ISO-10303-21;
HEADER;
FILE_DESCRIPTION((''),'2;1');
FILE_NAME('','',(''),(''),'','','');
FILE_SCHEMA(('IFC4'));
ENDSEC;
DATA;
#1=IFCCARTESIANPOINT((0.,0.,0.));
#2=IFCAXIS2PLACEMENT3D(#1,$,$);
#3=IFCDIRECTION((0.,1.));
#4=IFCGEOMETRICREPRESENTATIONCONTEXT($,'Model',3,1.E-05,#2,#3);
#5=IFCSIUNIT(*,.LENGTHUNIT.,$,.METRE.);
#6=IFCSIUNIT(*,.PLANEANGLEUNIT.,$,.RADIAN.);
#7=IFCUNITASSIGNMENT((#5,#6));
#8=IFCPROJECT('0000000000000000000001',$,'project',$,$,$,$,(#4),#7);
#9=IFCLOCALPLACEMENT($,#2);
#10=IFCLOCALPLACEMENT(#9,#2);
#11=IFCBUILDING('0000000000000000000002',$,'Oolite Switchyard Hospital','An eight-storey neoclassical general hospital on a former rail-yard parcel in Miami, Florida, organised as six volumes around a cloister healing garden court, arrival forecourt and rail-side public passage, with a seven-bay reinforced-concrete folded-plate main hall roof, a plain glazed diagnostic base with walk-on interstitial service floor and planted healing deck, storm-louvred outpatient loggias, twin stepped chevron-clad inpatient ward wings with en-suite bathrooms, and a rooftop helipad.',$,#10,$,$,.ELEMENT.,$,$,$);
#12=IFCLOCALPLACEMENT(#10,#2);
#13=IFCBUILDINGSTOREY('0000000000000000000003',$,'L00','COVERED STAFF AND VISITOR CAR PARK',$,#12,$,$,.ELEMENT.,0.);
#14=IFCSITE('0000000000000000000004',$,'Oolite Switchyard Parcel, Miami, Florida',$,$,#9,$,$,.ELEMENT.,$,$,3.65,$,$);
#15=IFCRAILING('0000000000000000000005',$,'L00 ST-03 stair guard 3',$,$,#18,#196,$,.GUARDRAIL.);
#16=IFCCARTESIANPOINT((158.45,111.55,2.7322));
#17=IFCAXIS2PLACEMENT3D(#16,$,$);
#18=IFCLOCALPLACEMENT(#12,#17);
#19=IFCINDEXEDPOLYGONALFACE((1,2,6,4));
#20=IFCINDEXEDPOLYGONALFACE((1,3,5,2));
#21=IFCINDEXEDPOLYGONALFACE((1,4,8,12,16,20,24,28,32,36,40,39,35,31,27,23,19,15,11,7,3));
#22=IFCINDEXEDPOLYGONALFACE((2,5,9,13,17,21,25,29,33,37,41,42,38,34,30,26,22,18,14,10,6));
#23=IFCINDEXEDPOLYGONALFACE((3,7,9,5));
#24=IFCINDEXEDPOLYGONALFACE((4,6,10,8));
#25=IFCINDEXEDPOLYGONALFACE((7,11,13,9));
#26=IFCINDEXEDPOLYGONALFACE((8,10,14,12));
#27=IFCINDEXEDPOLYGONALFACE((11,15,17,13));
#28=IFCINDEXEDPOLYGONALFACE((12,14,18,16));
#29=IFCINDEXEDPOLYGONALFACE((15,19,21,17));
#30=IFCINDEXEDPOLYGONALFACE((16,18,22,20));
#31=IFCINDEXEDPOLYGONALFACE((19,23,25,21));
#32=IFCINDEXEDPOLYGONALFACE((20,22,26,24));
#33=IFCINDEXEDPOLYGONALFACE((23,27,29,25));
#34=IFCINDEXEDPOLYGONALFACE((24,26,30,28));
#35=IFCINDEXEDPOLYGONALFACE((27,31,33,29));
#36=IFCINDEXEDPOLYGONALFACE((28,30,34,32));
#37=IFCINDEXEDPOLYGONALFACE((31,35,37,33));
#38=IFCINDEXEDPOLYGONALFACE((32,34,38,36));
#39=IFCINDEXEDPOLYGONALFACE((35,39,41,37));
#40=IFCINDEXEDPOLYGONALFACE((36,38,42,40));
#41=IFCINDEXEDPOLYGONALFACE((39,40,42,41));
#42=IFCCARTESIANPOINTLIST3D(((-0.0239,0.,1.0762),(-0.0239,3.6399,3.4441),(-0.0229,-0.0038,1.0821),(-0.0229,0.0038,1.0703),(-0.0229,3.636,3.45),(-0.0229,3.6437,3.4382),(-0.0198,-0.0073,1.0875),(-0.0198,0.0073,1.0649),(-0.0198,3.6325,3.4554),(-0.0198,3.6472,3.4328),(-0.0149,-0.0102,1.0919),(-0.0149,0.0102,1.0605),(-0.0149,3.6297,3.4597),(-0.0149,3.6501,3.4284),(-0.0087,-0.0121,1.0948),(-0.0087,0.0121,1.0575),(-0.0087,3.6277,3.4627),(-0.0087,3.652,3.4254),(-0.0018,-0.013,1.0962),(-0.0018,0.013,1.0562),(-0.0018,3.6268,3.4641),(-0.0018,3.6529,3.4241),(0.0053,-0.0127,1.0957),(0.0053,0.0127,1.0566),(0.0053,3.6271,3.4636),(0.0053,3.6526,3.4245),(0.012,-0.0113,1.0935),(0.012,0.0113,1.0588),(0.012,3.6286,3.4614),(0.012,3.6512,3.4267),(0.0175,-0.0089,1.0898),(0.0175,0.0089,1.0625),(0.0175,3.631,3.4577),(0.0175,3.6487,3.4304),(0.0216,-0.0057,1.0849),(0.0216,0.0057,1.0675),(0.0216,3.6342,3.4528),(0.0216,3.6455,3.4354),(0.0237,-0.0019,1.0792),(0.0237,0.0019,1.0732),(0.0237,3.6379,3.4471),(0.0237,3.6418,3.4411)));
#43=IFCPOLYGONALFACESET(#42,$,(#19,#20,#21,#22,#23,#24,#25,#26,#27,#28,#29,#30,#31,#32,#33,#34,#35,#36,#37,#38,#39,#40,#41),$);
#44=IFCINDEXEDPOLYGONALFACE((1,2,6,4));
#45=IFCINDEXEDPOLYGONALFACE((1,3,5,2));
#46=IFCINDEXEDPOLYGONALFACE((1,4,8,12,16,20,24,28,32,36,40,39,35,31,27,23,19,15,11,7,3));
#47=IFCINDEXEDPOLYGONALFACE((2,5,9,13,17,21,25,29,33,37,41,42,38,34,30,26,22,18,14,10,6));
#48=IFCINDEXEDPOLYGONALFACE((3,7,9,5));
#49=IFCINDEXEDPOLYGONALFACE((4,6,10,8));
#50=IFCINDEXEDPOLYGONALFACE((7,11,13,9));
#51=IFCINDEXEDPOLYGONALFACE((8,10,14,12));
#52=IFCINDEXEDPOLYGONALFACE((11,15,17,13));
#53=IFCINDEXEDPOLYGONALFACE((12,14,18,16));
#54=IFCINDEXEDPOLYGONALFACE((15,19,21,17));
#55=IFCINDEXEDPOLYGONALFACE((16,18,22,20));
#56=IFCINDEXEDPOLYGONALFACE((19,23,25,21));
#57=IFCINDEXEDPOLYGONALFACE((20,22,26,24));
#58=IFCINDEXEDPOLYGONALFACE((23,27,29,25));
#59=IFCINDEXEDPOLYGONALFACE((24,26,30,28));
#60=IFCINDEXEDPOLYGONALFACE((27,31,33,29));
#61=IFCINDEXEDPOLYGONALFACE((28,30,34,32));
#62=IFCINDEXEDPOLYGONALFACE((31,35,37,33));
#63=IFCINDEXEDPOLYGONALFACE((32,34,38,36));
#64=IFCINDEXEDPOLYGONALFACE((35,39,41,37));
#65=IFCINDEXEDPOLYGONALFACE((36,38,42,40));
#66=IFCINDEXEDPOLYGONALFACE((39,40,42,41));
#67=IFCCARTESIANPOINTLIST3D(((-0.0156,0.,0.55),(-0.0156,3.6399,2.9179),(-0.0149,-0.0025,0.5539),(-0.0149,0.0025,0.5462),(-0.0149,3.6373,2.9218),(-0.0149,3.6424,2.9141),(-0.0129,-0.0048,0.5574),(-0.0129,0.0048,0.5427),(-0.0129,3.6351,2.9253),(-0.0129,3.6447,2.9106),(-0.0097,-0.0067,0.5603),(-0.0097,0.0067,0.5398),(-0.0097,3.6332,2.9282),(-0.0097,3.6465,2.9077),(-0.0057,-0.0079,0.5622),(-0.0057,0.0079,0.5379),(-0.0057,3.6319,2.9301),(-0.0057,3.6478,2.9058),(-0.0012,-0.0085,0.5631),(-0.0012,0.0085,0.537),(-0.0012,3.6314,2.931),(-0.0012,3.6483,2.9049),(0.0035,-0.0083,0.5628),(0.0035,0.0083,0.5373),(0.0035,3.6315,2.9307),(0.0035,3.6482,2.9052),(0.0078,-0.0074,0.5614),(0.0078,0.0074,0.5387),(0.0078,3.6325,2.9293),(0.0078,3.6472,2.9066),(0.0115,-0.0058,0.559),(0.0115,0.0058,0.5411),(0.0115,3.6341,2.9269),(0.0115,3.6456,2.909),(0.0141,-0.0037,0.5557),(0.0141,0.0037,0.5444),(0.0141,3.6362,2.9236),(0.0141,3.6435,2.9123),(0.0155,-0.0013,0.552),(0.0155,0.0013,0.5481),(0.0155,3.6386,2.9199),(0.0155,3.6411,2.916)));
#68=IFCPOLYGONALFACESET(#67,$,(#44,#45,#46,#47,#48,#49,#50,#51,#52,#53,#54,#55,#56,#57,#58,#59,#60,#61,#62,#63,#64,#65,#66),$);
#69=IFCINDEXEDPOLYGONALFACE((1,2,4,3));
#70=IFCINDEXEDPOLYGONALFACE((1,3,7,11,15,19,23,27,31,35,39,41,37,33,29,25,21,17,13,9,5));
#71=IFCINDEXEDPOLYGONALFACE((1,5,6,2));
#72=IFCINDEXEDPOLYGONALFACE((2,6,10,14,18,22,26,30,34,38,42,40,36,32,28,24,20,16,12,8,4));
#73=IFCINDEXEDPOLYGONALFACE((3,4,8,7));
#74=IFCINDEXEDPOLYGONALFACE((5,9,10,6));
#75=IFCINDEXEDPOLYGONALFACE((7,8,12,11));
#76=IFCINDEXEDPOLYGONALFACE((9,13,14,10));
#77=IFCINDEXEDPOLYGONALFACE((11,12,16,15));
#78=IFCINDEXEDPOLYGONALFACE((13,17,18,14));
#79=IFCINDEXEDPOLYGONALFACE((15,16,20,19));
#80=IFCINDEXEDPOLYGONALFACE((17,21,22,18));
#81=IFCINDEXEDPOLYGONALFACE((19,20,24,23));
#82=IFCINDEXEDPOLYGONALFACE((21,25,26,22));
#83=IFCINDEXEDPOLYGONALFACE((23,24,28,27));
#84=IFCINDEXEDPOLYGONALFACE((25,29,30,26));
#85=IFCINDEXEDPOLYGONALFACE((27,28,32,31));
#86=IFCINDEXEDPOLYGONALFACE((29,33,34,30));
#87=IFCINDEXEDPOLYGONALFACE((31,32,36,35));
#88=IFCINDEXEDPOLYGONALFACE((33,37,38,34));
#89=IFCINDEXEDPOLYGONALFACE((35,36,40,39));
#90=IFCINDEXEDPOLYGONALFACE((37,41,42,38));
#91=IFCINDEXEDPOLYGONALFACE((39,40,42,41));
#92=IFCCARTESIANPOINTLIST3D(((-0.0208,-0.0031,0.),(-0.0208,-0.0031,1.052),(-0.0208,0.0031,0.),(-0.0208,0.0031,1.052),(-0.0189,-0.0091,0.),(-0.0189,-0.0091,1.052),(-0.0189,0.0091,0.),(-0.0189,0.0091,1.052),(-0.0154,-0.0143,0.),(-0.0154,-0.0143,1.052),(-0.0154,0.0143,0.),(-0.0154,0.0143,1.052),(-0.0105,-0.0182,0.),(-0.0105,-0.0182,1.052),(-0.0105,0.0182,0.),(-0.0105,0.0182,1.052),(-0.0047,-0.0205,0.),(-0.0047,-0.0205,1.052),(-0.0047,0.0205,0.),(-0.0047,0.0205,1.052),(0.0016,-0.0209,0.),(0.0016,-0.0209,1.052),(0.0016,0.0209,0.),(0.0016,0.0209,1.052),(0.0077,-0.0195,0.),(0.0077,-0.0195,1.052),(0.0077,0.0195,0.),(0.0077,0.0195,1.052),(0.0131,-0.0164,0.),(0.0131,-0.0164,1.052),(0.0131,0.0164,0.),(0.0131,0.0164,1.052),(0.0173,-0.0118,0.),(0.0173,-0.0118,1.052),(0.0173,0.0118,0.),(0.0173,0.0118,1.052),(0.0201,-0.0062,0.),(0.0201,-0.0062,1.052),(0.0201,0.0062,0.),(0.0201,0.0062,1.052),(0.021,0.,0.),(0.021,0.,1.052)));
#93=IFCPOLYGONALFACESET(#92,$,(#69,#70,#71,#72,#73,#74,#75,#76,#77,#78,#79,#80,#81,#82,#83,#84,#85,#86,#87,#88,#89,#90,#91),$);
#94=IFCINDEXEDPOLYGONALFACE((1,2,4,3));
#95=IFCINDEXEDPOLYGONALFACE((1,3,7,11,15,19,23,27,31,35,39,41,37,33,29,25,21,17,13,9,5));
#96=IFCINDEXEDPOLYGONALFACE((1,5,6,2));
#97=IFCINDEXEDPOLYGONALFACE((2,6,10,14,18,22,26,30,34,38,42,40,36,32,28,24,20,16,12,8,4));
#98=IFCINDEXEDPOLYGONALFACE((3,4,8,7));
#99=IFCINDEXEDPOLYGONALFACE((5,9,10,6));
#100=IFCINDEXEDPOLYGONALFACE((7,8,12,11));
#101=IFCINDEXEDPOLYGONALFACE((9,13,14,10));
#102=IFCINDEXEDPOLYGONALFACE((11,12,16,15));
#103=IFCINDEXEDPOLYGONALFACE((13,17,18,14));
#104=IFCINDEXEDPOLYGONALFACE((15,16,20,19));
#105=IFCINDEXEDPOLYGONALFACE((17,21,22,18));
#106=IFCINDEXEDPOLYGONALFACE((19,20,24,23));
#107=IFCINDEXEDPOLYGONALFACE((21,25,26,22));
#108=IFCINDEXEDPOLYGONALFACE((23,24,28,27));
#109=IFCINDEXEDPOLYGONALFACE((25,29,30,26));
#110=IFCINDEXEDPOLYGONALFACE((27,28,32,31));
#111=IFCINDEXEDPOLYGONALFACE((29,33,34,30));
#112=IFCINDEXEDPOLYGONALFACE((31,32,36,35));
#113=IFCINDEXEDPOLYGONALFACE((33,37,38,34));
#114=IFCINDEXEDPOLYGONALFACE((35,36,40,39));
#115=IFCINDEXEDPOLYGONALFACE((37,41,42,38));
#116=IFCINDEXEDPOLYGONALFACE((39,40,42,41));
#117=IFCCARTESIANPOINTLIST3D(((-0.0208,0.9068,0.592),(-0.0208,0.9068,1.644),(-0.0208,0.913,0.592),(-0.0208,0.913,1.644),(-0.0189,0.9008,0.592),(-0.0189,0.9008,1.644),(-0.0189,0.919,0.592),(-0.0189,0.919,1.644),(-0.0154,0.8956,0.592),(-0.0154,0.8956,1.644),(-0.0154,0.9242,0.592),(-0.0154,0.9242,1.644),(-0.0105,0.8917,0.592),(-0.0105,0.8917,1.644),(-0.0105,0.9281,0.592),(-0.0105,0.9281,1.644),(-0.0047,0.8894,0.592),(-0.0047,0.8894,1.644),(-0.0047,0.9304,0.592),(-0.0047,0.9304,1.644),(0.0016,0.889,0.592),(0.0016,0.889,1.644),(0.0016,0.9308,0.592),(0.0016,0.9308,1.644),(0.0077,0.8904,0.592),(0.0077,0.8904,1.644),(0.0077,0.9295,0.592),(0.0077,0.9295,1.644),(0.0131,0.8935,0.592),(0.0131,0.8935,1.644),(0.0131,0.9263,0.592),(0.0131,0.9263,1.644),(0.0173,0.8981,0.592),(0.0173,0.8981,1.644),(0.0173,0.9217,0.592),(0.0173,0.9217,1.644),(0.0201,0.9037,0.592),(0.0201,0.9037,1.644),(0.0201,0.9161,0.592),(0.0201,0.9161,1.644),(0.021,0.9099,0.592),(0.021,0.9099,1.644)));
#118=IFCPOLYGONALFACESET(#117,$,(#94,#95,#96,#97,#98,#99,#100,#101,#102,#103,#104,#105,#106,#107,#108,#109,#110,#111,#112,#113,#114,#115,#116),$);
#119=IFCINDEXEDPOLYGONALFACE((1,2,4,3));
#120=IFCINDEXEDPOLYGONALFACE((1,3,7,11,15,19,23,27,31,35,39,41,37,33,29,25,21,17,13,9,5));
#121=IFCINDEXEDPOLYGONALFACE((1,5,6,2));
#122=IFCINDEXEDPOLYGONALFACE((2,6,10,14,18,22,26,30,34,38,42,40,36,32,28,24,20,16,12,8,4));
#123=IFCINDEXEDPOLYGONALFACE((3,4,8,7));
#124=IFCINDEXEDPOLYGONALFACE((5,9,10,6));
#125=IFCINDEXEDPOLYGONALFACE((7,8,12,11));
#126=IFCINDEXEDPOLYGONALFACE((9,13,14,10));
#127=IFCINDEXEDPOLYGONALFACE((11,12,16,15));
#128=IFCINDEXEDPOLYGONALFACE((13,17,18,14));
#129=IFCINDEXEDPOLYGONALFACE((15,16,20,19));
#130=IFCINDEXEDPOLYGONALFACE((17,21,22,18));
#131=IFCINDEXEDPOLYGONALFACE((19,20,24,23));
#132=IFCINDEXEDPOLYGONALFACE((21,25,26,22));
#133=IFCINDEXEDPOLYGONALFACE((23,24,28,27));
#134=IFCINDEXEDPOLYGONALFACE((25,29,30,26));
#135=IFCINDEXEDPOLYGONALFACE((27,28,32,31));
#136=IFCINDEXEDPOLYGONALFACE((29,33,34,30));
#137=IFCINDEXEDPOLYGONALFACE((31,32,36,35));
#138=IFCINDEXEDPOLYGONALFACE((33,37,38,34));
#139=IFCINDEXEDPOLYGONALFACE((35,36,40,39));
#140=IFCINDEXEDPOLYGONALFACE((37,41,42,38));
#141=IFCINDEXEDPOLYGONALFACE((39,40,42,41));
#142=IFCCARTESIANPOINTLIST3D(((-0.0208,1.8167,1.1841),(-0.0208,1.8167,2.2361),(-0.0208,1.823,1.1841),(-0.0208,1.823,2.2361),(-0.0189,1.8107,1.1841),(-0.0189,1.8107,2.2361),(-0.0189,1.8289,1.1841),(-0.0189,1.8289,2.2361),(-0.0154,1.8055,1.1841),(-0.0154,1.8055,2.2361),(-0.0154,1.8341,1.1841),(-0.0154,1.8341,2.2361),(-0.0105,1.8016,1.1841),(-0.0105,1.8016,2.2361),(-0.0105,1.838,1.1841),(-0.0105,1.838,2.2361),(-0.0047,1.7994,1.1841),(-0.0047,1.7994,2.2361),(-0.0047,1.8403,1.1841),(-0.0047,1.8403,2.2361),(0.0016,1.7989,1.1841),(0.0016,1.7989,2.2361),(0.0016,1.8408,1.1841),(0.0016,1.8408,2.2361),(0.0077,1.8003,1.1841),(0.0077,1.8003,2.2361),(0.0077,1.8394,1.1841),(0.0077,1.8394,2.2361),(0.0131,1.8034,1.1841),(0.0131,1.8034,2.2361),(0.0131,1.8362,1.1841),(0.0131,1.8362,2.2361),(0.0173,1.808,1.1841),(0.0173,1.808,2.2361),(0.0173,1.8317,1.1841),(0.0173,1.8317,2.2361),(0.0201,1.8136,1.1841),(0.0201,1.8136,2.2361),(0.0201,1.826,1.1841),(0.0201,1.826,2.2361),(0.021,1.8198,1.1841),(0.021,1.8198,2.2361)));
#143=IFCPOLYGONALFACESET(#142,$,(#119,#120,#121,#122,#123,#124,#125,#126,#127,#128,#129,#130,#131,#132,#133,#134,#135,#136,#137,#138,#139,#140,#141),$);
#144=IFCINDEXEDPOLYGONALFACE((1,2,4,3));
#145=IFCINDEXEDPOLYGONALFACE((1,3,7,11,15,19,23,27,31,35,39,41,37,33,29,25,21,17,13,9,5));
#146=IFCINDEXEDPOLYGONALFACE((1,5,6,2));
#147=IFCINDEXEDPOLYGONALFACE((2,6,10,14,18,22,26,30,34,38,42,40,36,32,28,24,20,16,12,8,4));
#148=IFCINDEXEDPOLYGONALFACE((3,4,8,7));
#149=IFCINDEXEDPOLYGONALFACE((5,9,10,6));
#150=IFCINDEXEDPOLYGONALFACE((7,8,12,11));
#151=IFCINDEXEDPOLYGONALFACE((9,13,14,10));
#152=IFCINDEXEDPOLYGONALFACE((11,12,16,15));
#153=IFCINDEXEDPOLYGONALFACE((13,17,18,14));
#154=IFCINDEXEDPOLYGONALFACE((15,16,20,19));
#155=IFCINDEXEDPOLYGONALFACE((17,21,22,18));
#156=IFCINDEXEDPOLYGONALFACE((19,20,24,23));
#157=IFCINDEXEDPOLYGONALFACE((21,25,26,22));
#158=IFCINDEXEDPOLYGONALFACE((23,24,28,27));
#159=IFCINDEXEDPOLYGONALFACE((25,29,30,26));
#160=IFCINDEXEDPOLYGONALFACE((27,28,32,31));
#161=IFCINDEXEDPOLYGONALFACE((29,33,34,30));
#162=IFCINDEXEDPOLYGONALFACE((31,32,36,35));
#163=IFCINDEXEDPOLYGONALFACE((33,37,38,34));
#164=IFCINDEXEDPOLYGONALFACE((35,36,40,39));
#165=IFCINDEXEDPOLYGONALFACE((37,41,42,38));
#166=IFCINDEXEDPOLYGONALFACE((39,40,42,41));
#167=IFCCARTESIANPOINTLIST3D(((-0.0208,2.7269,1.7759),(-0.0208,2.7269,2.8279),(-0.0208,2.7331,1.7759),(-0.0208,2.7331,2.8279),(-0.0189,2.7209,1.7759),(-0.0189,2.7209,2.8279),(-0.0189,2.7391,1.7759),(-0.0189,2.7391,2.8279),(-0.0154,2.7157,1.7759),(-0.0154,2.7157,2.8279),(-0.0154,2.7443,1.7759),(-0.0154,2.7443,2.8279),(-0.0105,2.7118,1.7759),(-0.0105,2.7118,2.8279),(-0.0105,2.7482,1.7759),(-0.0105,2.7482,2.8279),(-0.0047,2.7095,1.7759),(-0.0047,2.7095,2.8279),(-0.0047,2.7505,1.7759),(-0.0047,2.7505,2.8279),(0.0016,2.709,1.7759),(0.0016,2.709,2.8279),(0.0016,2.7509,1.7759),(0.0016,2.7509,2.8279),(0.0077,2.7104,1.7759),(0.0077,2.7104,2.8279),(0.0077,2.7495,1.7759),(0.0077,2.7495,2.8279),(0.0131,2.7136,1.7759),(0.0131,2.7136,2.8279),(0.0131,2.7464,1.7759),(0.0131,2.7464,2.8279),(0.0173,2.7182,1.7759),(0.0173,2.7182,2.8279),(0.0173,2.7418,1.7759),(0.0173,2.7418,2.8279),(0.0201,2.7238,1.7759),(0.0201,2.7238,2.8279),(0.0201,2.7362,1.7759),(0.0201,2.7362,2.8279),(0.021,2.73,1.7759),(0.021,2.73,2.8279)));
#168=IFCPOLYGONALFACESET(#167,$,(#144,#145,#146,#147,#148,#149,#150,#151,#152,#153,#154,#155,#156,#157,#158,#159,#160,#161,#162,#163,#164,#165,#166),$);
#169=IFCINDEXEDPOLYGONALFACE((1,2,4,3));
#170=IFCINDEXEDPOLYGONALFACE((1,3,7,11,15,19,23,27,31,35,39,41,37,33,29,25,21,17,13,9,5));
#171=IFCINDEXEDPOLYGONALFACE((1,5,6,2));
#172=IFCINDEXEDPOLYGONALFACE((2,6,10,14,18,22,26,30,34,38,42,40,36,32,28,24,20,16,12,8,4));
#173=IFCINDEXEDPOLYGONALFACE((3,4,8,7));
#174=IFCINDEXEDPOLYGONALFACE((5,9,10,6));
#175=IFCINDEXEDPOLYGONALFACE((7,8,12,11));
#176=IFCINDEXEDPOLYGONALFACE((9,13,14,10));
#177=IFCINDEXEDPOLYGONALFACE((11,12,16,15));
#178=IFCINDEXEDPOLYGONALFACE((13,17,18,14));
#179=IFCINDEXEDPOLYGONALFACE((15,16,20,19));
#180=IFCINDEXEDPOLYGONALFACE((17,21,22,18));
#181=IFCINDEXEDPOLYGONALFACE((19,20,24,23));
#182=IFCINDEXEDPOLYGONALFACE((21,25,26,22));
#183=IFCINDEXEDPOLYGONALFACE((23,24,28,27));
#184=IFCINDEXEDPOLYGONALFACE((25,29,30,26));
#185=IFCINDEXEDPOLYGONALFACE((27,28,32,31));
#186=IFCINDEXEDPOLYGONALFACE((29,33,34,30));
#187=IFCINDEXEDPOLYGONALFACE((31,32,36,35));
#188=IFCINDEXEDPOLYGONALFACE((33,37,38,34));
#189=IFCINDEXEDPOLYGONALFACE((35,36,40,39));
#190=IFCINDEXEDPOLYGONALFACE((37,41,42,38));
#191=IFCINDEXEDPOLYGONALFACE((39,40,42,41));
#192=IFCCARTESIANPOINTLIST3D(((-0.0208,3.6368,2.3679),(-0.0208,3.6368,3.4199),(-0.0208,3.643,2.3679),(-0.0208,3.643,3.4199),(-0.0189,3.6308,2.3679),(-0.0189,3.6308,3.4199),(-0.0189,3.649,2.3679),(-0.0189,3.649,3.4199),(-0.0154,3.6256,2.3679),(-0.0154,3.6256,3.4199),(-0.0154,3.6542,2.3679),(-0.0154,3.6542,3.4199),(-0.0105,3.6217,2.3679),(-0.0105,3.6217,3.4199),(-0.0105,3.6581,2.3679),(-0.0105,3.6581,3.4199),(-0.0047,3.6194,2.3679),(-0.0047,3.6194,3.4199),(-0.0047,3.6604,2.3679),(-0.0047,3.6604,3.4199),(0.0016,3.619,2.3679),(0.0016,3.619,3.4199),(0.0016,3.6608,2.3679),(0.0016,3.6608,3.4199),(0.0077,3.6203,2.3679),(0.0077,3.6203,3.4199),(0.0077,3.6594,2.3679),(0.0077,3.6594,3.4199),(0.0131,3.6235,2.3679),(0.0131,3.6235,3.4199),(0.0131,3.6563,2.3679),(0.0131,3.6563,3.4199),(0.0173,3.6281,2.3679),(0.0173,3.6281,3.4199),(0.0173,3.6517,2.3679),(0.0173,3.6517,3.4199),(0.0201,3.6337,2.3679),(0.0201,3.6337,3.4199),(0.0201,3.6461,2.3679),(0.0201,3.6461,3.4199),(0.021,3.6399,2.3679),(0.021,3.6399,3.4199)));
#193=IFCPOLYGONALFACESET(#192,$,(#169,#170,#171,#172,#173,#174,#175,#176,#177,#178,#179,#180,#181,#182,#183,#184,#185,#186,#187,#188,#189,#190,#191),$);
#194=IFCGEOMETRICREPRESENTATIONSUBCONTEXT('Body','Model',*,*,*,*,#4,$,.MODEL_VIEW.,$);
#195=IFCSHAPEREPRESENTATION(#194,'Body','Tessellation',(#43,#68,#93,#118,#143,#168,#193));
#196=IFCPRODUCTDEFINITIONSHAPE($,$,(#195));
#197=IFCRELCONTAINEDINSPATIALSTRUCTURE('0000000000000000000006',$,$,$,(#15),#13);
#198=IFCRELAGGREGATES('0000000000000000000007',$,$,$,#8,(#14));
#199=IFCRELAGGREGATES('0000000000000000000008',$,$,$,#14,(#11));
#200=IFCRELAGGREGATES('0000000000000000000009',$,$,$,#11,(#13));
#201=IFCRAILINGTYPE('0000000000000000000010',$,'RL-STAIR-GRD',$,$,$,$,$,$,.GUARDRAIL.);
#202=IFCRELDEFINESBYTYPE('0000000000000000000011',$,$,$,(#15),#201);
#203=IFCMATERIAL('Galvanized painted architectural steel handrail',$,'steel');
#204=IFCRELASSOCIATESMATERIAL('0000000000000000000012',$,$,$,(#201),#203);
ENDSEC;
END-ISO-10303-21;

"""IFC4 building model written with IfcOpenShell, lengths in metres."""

from ifc_helpers import new_model, si_unit, direction, frame, origin, origin_2d, place, context, subcontext, project, spatial, circle, extrude, material, type_object, element, save


model = new_model("IFC4")

# Units and contexts
model_context = context("Model", 3, precision=1e-05, world=origin(), true_north=direction((0.0, 1.0)))
body_context = subcontext(model_context, "Body", "Model", "MODEL_VIEW")
ifc_project = project(units=[si_unit("LENGTHUNIT", "METRE"), si_unit("PLANEANGLEUNIT", "RADIAN")], contexts=[model_context])

# Site, building, storey
site_placement = place(None, origin())
site = spatial("IfcSite", under=ifc_project, at=site_placement, Name="Oolite Switchyard Parcel, Miami, Florida", CompositionType="ELEMENT", RefElevation=3.65)
building_placement = place(site_placement, origin())
building = spatial("IfcBuilding", under=site, at=building_placement, Name="Oolite Switchyard Hospital", Description="An eight-storey neoclassical general hospital on a former rail-yard parcel in Miami, Florida, organised as six volumes around a cloister healing garden court, arrival forecourt and rail-side public passage, with a seven-bay reinforced-concrete folded-plate main hall roof, a plain glazed diagnostic base with walk-on interstitial service floor and planted healing deck, storm-louvred outpatient loggias, twin stepped chevron-clad inpatient ward wings with en-suite bathrooms, and a rooftop helipad.", CompositionType="ELEMENT")
storey_placement = place(building_placement, origin())
storey = spatial("IfcBuildingStorey", under=building, at=storey_placement, Name="L00", Description="COVERED STAFF AND VISITOR CAR PARK", CompositionType="ELEMENT", Elevation=0.0)

# Railing
ifc_material_1 = material(Name="Galvanized painted architectural steel handrail", Category="steel")
railing_type_1 = type_object("IfcRailingType", Name="RL-STAIR-GRD", PredefinedType="GUARDRAIL", material=ifc_material_1)
railing_1_placement = place(storey_placement, frame((158.45, 111.55, 2.7322)))
element("IfcRailing", 1, at=railing_1_placement, inside=storey, type_object=railing_type_1, Name="L00 ST-03 stair guard 3", PredefinedType="GUARDRAIL", context=body_context, shape_type="SweptSolid", body=[
    extrude(circle(Radius=0.0239, at=origin_2d()), frame((0.0, 0.0, 1.0762), z_axis=(0.0, 0.838234, 0.54531), x_axis=(-1.0, 0.0, 0.0)), (0.0, 0.0, 1.0), 4.3423),
    extrude(circle(Radius=0.0156, at=origin_2d()), frame((0.0, 0.0, 0.55), z_axis=(0.0, 0.838234, 0.54531), x_axis=(-1.0, 0.0, 0.0)), (0.0, 0.0, 1.0), 4.3423),
    extrude(circle(Radius=0.021, at=origin_2d()), origin(), (0.0, 0.0, 1.0), 1.052),
    extrude(circle(Radius=0.021, at=origin_2d()), frame((0.0, 0.9099, 0.592)), (0.0, 0.0, 1.0), 1.052),
    extrude(circle(Radius=0.021, at=origin_2d()), frame((0.0, 1.8198, 1.1841)), (0.0, 0.0, 1.0), 1.052),
    extrude(circle(Radius=0.021, at=origin_2d()), frame((0.0, 2.73, 1.7759)), (0.0, 0.0, 1.0), 1.052),
    extrude(circle(Radius=0.021, at=origin_2d()), frame((0.0, 3.6399, 2.3679)), (0.0, 0.0, 1.0), 1.052),
])

save(model, "model.ifc")
